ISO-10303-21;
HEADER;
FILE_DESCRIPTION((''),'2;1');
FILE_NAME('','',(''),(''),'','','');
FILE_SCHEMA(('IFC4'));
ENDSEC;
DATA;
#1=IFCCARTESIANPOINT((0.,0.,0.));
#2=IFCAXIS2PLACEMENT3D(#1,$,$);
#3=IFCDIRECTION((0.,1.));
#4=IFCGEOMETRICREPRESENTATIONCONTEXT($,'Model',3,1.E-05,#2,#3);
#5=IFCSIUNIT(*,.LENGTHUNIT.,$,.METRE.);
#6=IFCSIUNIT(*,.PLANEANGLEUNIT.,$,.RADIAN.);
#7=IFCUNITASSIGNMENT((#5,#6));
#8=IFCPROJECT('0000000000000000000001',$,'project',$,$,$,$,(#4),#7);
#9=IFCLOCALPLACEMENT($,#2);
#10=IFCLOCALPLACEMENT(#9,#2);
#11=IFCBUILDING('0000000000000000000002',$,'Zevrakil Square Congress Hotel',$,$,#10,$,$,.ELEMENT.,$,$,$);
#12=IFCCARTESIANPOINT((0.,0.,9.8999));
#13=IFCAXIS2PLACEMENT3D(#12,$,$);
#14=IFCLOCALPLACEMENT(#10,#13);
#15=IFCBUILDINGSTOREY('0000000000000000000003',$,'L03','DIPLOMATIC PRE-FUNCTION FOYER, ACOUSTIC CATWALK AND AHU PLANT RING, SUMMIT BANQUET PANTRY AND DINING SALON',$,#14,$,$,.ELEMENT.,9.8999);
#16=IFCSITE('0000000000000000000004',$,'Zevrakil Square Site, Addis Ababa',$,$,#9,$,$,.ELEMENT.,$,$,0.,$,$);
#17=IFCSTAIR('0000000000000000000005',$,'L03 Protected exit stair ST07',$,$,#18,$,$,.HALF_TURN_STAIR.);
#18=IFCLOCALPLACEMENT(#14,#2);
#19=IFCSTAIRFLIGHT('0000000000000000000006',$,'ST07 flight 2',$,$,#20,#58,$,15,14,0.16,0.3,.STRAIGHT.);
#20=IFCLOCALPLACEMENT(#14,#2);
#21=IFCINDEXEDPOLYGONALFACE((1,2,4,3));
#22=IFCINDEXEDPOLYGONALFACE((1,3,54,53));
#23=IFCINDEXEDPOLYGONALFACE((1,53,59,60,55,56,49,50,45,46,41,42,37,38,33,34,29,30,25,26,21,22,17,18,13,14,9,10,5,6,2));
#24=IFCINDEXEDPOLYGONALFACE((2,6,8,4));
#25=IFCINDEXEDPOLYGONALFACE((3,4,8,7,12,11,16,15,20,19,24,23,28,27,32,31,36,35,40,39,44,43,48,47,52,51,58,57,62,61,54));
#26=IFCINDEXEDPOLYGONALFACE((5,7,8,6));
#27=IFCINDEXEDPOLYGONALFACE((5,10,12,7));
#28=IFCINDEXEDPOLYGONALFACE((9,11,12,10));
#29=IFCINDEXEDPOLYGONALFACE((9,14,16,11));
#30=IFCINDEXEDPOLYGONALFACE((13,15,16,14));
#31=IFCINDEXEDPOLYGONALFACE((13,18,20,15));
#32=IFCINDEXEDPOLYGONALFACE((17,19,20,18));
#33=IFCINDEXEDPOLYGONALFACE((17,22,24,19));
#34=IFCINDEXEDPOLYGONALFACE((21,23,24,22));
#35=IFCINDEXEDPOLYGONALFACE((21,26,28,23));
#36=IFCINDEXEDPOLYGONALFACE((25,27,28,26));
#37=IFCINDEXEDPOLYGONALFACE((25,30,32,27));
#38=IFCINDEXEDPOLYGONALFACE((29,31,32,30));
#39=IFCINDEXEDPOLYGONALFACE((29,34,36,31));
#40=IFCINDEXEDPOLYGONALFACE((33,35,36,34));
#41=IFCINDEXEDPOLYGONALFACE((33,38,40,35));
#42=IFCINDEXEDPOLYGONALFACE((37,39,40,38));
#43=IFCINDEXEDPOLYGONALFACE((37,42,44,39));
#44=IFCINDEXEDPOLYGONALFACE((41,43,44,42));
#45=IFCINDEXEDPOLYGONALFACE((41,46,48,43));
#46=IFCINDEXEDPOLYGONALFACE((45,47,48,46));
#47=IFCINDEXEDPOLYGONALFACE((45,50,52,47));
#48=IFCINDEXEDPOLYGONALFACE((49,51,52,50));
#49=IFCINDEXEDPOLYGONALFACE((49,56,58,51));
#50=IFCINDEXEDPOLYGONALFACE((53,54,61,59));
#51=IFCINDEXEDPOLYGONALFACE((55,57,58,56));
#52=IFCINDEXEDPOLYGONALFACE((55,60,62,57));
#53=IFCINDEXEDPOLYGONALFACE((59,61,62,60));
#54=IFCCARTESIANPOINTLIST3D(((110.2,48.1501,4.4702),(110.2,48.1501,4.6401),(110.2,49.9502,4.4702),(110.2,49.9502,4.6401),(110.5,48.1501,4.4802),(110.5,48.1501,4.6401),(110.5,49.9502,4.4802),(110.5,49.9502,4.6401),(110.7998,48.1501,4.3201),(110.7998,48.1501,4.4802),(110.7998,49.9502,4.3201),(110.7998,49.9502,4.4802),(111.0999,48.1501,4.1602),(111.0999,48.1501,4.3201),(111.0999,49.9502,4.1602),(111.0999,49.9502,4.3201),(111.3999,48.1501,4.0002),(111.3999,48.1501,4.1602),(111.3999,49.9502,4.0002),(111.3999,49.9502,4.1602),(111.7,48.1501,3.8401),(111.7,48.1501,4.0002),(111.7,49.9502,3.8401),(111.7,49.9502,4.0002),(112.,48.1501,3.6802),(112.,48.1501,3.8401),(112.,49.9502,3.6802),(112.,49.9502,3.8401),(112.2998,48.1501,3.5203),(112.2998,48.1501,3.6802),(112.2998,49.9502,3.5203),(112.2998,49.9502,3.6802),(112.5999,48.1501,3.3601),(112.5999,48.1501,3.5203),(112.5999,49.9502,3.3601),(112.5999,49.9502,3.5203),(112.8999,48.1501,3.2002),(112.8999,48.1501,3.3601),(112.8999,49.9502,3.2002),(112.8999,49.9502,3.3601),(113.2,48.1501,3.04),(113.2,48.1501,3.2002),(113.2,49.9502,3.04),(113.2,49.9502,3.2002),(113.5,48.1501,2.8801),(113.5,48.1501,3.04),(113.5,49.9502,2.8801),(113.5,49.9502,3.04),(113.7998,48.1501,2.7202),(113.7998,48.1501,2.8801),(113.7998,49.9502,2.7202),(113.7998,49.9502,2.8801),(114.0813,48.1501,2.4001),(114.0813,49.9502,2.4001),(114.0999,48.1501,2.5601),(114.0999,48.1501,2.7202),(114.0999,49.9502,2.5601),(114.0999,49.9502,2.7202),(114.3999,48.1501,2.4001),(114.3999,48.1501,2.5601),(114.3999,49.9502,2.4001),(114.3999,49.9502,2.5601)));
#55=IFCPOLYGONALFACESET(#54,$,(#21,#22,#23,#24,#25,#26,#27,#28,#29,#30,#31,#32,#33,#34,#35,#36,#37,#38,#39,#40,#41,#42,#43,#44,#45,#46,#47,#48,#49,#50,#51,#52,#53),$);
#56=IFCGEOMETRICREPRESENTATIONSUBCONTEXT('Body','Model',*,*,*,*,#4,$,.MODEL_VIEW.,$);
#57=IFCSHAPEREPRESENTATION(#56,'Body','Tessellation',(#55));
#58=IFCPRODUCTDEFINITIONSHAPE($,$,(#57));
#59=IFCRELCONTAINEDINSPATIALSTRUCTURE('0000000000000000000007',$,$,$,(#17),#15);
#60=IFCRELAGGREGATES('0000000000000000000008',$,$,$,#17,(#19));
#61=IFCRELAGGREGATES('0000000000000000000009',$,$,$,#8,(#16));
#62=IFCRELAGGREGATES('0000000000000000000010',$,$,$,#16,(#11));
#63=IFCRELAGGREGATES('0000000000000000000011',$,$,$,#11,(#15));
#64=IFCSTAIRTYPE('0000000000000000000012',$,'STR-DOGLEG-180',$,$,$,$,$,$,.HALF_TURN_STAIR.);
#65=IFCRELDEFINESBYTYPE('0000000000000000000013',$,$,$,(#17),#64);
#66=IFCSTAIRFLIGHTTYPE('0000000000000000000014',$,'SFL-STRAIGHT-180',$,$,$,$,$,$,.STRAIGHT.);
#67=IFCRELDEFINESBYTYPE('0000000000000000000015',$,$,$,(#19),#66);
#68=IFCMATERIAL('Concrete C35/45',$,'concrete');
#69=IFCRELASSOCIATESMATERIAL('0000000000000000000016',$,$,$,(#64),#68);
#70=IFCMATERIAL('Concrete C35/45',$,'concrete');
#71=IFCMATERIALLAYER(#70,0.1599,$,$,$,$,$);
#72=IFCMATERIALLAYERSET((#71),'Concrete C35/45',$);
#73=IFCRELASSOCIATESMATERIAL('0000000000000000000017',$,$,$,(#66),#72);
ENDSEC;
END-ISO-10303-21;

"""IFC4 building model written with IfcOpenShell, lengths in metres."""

from ifc_helpers import new_model, si_unit, direction, frame, origin, place, context, subcontext, project, spatial, polyline, outline, extrude, material, layer, layer_set, type_object, element, aggregate, save


model = new_model("IFC4")

# Units and contexts
model_context = context("Model", 3, precision=1e-05, world=origin(), true_north=direction((0.0, 1.0)))
body_context = subcontext(model_context, "Body", "Model", "MODEL_VIEW")
ifc_project = project(units=[si_unit("LENGTHUNIT", "METRE"), si_unit("PLANEANGLEUNIT", "RADIAN")], contexts=[model_context])

# Site, building, storey
site_placement = place(None, origin())
site = spatial("IfcSite", under=ifc_project, at=site_placement, Name="Zevrakil Square Site, Addis Ababa", CompositionType="ELEMENT", RefElevation=0.0)
building_placement = place(site_placement, origin())
building = spatial("IfcBuilding", under=site, at=building_placement, Name="Zevrakil Square Congress Hotel", CompositionType="ELEMENT")
storey_placement = place(building_placement, frame((0.0, 0.0, 9.8999)))
storey = spatial("IfcBuildingStorey", under=building, at=storey_placement, Name="L03", Description="DIPLOMATIC PRE-FUNCTION FOYER, ACOUSTIC CATWALK AND AHU PLANT RING, SUMMIT BANQUET PANTRY AND DINING SALON", CompositionType="ELEMENT", Elevation=9.8999)

# Stair, stair flight
ifc_material_1 = material(Name="Concrete C35/45", Category="concrete")
stair_type = type_object("IfcStairType", Name="STR-DOGLEG-180", PredefinedType="HALF_TURN_STAIR", material=ifc_material_1)
stair_placement = place(storey_placement, origin())
stair = element("IfcStair", 1, at=stair_placement, inside=storey, type_object=stair_type, Name="L03 Protected exit stair ST07", PredefinedType="HALF_TURN_STAIR")
ifc_material_2 = material(Name="Concrete C35/45", Category="concrete")
ifc_layer_1 = layer(ifc_material_2, 0.1599)
ifc_layer_set_1 = layer_set([ifc_layer_1], Name="Concrete C35/45")
stair_flight_type = type_object("IfcStairFlightType", Name="SFL-STRAIGHT-180", PredefinedType="STRAIGHT", material=ifc_layer_set_1)
stair_flight_placement = place(storey_placement, frame((114.3999, 49.05, 2.4001), z_axis=(0.0, 0.0, 1.0), x_axis=(-1.0, 0.0, 0.0)))
stair_flight = element("IfcStairFlight", 2, at=stair_flight_placement, type_object=stair_flight_type, Name="ST07 flight 2", NumberOfRisers=15, NumberOfTreads=14, PredefinedType="STRAIGHT", RiserHeight=0.16, TreadLength=0.3, context=body_context, shape_type="SweptSolid", body=[
    extrude(outline(polyline([(0.0, 0.0), (0.0, 0.1599), (0.3, 0.1599), (0.3, 0.3201), (0.6001, 0.3201), (0.6001, 0.48), (0.8999, 0.48), (0.8999, 0.6399), (1.2, 0.6399), (1.2, 0.8), (1.5, 0.8), (1.5, 0.96), (1.8, 0.96), (1.8, 1.1201), (2.1001, 1.1201), (2.1001, 1.28), (2.3999, 1.28), (2.3999, 1.4399), (2.7, 1.4399), (2.7, 1.6001), (3.0, 1.6001), (3.0, 1.76), (3.3, 1.76), (3.3, 1.9199), (3.6001, 1.9199), (3.6001, 2.0801), (3.8999, 2.0801), (3.8999, 2.24), (4.2, 2.24), (4.2, 2.3999), (4.2, 2.0701), (0.3186, 0.0), (0.0, 0.0)])), frame((0.0, 0.8999, 0.0), z_axis=(0.0, -1.0, 0.0), x_axis=(1.0, 0.0, 0.0)), (0.0, 0.0, 1.0), 1.8),
])
aggregate(stair, [stair_flight])

save(model, "model.ifc")
